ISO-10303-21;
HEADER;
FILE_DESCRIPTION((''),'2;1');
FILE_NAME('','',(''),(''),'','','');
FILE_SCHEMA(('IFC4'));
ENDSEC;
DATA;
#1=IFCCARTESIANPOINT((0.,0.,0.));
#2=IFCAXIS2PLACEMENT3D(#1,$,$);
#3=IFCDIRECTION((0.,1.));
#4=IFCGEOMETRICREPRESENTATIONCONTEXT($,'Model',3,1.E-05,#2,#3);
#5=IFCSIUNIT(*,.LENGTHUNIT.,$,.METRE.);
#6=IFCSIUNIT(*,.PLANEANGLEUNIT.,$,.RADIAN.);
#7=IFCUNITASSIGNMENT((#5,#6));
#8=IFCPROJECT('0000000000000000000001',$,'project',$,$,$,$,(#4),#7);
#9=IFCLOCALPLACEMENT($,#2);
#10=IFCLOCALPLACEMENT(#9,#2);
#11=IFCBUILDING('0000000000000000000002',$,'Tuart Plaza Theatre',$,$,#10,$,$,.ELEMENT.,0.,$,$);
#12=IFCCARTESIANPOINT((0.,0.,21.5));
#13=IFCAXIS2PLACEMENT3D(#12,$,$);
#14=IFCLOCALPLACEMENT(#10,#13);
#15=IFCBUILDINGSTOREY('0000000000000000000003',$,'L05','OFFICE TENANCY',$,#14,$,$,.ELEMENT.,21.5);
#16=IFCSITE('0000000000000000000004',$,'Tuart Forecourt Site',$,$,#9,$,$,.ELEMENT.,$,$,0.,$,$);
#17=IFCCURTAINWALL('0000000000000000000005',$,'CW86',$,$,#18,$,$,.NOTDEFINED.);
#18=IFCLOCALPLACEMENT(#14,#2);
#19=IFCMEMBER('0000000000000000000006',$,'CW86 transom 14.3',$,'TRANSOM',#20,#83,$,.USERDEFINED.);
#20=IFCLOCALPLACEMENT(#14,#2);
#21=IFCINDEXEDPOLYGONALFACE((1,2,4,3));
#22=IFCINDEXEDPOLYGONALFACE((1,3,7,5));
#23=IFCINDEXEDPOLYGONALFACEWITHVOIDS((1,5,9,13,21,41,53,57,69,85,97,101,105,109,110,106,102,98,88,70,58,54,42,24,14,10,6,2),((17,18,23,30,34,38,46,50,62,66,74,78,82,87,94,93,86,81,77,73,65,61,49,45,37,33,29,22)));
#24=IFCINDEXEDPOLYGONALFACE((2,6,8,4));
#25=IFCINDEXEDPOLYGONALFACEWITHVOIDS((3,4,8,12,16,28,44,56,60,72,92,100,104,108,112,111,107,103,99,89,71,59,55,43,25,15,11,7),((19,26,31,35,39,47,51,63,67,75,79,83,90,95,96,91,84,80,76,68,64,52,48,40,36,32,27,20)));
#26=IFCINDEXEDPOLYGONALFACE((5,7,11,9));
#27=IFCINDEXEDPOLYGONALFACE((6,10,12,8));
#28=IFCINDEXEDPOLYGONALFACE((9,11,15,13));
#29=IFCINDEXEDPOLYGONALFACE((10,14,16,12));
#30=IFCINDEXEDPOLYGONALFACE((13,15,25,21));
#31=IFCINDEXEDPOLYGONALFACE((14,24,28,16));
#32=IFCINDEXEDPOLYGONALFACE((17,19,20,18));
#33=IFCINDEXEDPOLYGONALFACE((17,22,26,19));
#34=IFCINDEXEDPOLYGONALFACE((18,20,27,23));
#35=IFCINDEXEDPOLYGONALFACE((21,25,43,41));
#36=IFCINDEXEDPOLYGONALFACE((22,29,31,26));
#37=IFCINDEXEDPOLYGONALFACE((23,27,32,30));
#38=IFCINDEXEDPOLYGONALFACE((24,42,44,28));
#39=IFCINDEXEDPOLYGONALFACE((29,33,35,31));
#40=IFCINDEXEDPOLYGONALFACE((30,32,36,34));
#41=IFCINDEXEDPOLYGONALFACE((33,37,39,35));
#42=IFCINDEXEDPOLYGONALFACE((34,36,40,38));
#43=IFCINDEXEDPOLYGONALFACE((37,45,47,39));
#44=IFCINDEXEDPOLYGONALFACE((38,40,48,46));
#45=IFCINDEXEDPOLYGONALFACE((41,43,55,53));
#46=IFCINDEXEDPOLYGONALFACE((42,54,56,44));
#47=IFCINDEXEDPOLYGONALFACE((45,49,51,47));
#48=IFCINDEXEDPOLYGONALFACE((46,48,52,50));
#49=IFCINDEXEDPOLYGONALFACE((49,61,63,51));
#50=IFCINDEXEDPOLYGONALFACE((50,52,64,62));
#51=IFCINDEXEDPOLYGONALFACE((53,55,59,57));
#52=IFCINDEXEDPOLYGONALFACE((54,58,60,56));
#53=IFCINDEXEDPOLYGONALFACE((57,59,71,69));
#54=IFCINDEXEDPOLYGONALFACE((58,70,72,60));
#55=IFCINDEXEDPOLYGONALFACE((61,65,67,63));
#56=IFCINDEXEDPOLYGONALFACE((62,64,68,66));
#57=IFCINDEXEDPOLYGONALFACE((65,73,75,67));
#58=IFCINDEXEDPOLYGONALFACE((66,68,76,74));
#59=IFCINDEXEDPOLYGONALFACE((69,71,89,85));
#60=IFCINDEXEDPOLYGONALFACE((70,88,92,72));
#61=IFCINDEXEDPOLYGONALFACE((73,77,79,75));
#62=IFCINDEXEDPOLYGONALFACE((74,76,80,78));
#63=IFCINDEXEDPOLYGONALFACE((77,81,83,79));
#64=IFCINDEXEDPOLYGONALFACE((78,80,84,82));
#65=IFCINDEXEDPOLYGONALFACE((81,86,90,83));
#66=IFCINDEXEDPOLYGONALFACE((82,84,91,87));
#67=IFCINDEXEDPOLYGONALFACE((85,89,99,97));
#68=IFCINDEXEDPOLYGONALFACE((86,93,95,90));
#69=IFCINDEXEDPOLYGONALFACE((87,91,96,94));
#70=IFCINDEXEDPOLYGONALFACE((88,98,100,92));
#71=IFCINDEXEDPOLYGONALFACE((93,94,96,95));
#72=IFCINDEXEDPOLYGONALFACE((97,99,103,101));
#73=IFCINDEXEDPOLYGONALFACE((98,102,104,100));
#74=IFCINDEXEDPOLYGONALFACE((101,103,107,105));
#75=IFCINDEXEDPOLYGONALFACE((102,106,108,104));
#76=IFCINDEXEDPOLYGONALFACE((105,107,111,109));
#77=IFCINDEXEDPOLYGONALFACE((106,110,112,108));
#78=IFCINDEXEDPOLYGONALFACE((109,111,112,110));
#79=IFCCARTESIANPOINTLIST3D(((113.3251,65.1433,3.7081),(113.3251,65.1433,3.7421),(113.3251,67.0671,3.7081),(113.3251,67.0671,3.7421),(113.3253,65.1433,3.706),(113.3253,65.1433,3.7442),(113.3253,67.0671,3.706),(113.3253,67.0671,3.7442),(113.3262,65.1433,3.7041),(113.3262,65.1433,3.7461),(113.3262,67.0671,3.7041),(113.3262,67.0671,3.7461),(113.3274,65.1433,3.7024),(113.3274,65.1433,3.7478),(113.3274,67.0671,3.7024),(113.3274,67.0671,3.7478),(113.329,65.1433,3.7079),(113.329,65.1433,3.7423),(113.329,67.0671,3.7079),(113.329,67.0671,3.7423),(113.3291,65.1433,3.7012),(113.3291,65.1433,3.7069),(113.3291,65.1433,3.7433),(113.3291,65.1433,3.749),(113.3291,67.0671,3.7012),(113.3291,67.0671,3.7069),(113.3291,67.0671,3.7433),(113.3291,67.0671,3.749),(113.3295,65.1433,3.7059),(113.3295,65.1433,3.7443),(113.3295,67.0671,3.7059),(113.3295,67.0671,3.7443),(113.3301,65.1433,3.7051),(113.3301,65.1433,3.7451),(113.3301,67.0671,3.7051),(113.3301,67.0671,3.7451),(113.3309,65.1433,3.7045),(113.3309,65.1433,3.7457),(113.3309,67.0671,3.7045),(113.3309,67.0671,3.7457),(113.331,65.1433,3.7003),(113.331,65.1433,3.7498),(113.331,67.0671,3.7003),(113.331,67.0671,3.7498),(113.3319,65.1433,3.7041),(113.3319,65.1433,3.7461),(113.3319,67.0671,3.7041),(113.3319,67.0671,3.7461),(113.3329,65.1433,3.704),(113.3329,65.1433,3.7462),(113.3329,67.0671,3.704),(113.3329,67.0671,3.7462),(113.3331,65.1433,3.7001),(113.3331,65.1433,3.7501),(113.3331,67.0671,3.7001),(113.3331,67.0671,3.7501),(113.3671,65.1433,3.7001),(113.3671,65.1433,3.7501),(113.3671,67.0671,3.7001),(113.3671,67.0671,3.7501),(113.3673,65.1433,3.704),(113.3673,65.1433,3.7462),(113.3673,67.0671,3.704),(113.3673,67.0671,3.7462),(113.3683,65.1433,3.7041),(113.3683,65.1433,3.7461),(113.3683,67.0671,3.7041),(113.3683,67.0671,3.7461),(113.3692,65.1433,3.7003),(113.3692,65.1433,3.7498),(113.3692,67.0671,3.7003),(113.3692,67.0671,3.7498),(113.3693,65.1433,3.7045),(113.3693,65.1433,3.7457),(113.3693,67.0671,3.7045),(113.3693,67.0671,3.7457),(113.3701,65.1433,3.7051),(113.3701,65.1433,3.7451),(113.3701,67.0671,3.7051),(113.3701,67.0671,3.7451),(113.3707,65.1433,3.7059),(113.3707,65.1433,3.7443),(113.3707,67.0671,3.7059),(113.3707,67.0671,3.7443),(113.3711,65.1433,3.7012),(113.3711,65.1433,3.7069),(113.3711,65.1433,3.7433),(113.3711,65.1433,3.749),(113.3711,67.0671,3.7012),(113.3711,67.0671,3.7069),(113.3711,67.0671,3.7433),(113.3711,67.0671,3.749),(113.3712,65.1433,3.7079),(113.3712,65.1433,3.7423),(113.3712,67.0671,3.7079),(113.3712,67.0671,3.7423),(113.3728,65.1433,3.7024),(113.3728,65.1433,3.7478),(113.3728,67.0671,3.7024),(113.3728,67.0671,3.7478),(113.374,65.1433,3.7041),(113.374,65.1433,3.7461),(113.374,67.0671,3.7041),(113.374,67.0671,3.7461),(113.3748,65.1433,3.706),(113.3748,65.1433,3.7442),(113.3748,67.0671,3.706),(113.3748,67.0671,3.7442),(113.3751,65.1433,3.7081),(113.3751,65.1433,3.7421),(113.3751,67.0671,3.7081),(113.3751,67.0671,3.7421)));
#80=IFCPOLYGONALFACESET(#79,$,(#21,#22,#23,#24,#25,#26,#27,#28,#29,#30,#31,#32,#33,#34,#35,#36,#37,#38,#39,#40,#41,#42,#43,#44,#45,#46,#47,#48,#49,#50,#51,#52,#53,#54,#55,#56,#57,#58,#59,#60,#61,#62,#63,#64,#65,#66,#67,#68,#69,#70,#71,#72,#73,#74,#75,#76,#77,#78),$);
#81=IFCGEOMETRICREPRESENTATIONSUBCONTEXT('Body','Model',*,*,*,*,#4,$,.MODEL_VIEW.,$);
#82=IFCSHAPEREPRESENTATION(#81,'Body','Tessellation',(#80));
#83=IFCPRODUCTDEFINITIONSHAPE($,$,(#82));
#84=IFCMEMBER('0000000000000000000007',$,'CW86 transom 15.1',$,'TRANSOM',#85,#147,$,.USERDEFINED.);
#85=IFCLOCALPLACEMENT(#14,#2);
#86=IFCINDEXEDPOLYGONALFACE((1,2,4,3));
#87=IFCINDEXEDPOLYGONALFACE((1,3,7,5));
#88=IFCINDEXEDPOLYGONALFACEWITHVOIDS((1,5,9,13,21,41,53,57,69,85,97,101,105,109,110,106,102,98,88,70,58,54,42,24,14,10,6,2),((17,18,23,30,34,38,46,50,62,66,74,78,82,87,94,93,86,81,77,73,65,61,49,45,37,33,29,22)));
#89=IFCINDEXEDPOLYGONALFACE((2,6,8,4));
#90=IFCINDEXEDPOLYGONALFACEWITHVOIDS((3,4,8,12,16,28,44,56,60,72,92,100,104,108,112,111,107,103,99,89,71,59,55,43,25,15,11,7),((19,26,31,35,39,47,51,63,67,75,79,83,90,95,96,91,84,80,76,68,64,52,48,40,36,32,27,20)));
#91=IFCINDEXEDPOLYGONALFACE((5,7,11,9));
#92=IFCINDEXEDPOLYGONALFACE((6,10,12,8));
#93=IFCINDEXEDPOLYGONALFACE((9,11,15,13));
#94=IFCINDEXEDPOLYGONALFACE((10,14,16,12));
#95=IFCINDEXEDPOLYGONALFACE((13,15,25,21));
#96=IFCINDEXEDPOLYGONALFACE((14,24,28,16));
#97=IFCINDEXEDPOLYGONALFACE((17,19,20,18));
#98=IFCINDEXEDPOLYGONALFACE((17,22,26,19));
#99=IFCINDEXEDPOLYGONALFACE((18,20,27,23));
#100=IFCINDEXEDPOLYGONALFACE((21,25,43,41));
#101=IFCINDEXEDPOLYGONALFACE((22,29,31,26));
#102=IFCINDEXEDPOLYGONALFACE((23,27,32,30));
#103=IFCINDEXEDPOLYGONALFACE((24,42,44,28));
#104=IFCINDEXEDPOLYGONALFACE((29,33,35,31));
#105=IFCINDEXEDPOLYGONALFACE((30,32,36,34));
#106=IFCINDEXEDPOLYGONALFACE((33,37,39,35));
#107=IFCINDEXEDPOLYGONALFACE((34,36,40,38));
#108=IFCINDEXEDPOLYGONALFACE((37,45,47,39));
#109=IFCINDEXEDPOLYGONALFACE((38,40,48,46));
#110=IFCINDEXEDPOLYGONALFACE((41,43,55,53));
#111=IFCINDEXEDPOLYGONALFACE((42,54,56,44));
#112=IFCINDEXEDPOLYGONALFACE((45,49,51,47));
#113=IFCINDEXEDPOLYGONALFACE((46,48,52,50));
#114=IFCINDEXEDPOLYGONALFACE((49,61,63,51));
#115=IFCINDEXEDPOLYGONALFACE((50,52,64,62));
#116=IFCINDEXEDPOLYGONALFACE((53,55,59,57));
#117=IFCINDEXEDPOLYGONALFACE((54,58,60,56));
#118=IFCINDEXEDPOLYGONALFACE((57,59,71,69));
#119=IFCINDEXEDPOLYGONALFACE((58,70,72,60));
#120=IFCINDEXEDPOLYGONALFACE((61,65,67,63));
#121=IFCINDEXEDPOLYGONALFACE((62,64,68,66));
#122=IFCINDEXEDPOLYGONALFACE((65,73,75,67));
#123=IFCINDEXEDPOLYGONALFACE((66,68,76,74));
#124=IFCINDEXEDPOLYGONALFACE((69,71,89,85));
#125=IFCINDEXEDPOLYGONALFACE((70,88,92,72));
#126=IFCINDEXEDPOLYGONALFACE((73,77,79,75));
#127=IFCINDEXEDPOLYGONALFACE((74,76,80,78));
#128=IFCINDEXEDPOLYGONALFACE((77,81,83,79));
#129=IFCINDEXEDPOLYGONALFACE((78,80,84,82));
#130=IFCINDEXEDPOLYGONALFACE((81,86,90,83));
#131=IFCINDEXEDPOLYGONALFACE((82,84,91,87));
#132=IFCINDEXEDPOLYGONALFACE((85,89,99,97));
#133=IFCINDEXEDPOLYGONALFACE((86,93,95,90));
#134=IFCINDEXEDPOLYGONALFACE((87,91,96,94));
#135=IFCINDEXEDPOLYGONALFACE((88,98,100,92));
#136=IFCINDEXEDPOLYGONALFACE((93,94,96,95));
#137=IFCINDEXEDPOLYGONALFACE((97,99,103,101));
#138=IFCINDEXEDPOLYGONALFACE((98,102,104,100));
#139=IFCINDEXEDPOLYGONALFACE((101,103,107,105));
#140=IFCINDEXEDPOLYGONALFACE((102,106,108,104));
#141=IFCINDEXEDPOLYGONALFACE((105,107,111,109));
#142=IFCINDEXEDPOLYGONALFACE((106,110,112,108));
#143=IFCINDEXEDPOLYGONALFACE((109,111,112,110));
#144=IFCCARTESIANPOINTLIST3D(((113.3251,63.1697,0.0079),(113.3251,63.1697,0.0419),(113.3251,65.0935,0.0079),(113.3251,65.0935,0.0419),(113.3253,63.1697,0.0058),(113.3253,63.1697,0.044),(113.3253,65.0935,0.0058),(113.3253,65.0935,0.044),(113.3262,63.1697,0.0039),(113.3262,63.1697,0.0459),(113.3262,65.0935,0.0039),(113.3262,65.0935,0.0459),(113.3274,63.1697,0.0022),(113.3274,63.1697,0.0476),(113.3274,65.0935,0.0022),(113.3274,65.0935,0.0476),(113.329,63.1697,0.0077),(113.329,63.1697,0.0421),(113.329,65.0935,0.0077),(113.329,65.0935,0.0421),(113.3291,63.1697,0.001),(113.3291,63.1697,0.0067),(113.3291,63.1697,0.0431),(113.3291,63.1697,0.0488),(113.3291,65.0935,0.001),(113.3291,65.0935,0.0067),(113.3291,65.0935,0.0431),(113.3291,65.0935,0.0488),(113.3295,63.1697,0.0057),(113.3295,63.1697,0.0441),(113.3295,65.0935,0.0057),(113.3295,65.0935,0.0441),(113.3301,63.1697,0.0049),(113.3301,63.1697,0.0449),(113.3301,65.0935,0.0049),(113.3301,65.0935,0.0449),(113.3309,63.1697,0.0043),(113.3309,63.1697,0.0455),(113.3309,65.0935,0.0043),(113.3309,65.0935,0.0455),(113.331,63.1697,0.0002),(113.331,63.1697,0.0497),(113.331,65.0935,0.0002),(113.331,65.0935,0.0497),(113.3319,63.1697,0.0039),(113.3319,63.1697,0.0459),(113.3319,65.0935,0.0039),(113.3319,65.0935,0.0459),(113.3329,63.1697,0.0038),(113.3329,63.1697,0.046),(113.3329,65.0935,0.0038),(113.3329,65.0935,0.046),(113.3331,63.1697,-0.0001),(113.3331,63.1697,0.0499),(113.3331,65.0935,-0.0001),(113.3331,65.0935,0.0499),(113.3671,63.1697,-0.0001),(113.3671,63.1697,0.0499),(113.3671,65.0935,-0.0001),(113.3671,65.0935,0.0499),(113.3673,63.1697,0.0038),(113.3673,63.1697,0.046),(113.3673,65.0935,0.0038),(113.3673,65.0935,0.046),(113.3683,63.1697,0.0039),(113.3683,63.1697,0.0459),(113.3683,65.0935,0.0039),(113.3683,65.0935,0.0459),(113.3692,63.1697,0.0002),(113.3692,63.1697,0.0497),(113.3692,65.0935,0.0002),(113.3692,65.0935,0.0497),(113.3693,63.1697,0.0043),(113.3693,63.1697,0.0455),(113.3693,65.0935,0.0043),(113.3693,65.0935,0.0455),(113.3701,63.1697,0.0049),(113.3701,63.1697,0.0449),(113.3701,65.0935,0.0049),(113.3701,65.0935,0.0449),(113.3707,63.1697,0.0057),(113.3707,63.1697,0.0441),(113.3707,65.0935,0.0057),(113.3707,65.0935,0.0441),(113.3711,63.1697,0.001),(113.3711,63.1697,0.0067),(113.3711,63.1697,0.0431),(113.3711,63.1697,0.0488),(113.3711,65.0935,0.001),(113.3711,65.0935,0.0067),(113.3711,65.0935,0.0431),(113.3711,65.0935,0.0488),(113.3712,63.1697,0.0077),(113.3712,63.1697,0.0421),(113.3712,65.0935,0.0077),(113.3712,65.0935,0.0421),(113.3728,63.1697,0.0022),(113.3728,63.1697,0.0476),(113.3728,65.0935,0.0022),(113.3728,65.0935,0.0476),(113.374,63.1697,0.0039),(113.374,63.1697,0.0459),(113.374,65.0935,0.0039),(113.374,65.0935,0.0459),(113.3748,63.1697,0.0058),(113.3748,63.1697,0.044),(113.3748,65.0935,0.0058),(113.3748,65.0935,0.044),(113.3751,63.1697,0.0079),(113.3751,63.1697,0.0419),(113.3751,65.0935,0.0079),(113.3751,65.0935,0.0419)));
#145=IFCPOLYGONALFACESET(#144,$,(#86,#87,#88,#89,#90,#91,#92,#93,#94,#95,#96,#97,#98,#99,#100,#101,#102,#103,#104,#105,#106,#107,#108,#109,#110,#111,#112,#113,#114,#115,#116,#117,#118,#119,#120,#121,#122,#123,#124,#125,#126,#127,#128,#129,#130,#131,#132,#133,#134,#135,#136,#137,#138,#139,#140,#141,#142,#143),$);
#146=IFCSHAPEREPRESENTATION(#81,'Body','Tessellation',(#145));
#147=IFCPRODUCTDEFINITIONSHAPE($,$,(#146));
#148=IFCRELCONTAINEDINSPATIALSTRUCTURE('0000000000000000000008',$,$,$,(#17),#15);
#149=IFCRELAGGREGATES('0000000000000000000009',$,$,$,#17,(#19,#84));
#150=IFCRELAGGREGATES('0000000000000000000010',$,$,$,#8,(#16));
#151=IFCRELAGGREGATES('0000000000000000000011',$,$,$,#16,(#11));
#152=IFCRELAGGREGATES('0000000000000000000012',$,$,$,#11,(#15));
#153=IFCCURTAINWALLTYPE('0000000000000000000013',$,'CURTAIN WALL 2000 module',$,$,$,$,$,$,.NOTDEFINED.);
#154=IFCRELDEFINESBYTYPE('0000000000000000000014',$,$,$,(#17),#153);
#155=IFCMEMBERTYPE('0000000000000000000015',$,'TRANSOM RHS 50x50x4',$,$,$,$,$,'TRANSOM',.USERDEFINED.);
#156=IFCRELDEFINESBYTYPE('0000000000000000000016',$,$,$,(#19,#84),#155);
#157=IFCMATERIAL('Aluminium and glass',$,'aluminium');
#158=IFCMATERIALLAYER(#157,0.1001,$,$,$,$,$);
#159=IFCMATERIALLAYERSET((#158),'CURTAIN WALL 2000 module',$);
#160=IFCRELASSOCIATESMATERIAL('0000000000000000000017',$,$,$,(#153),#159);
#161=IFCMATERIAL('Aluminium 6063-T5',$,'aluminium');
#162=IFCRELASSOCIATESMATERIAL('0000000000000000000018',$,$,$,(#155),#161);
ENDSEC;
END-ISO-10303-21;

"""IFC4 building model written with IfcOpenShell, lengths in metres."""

from ifc_helpers import new_model, si_unit, direction, frame, origin, origin_2d, place, context, subcontext, project, spatial, hollow_rectangle, extrude, material, layer, layer_set, material_profile, profile_set, type_object, element, aggregate, save


model = new_model("IFC4")

# Units and contexts
model_context = context("Model", 3, precision=1e-05, world=origin(), true_north=direction((0.0, 1.0)))
body_context = subcontext(model_context, "Body", "Model", "MODEL_VIEW")
ifc_project = project(units=[si_unit("LENGTHUNIT", "METRE"), si_unit("PLANEANGLEUNIT", "RADIAN")], contexts=[model_context])

# Site, building, storey
site_placement = place(None, origin())
site = spatial("IfcSite", under=ifc_project, at=site_placement, Name="Tuart Forecourt Site", CompositionType="ELEMENT", RefElevation=0.0)
building_placement = place(site_placement, origin())
building = spatial("IfcBuilding", under=site, at=building_placement, Name="Tuart Plaza Theatre", CompositionType="ELEMENT", ElevationOfRefHeight=0.0)
storey_placement = place(building_placement, frame((0.0, 0.0, 21.5)))
storey = spatial("IfcBuildingStorey", under=building, at=storey_placement, Name="L05", Description="OFFICE TENANCY", CompositionType="ELEMENT", Elevation=21.5)

# Curtain wall, members
ifc_material_1 = material(Name="Aluminium and glass", Category="aluminium")
ifc_layer_1 = layer(ifc_material_1, 0.1001)
ifc_layer_set_1 = layer_set([ifc_layer_1], Name="CURTAIN WALL 2000 module")
curtain_wall_type = type_object("IfcCurtainWallType", Name="CURTAIN WALL 2000 module", PredefinedType="NOTDEFINED", material=ifc_layer_set_1)
curtain_wall_placement = place(storey_placement, origin())
curtain_wall = element("IfcCurtainWall", 1, at=curtain_wall_placement, inside=storey, type_object=curtain_wall_type, Name="CW86", PredefinedType="NOTDEFINED")
ifc_material_2 = material(Name="Aluminium 6063-T5", Category="aluminium")
ifc_material_profile_1 = material_profile(ifc_material_2, hollow_rectangle(XDim=0.05, YDim=0.05, WallThickness=0.0039, InnerFilletRadius=0.0039, OuterFilletRadius=0.0081, at=origin_2d()), Name="RHS 50x50x4")
ifc_profile_set_1 = profile_set([ifc_material_profile_1], Name="Aluminium 6063-T5")
member_type_1 = type_object("IfcMemberType", Name="TRANSOM RHS 50x50x4", ElementType="TRANSOM", PredefinedType="USERDEFINED", material=ifc_profile_set_1)
member_1_placement = place(storey_placement, frame((113.3501, 67.0671, 3.7251), z_axis=(0.0, -1.0, 0.0), x_axis=(1.0, 0.0, 0.0)))
member_1 = element("IfcMember", 2, at=member_1_placement, type_object=member_type_1, Name="CW86 transom 14.3", ObjectType="TRANSOM", PredefinedType="USERDEFINED", context=body_context, shape_type="SweptSolid", body=[
    extrude(hollow_rectangle(XDim=0.05, YDim=0.05, WallThickness=0.0039, InnerFilletRadius=0.0039, OuterFilletRadius=0.0081, at=origin_2d()), origin(), (0.0, 0.0, 1.0), 1.9238),
])
member_2_placement = place(storey_placement, frame((113.3501, 65.0935, 0.0249), z_axis=(0.0, -1.0, 0.0), x_axis=(1.0, 0.0, 0.0)))
member_2 = element("IfcMember", 3, at=member_2_placement, type_object=member_type_1, Name="CW86 transom 15.1", ObjectType="TRANSOM", PredefinedType="USERDEFINED", context=body_context, shape_type="SweptSolid", body=[
    extrude(hollow_rectangle(XDim=0.05, YDim=0.05, WallThickness=0.0039, InnerFilletRadius=0.0039, OuterFilletRadius=0.0081, at=origin_2d()), origin(), (0.0, 0.0, 1.0), 1.9238),
])
aggregate(curtain_wall, [member_1, member_2])

save(model, "model.ifc")
